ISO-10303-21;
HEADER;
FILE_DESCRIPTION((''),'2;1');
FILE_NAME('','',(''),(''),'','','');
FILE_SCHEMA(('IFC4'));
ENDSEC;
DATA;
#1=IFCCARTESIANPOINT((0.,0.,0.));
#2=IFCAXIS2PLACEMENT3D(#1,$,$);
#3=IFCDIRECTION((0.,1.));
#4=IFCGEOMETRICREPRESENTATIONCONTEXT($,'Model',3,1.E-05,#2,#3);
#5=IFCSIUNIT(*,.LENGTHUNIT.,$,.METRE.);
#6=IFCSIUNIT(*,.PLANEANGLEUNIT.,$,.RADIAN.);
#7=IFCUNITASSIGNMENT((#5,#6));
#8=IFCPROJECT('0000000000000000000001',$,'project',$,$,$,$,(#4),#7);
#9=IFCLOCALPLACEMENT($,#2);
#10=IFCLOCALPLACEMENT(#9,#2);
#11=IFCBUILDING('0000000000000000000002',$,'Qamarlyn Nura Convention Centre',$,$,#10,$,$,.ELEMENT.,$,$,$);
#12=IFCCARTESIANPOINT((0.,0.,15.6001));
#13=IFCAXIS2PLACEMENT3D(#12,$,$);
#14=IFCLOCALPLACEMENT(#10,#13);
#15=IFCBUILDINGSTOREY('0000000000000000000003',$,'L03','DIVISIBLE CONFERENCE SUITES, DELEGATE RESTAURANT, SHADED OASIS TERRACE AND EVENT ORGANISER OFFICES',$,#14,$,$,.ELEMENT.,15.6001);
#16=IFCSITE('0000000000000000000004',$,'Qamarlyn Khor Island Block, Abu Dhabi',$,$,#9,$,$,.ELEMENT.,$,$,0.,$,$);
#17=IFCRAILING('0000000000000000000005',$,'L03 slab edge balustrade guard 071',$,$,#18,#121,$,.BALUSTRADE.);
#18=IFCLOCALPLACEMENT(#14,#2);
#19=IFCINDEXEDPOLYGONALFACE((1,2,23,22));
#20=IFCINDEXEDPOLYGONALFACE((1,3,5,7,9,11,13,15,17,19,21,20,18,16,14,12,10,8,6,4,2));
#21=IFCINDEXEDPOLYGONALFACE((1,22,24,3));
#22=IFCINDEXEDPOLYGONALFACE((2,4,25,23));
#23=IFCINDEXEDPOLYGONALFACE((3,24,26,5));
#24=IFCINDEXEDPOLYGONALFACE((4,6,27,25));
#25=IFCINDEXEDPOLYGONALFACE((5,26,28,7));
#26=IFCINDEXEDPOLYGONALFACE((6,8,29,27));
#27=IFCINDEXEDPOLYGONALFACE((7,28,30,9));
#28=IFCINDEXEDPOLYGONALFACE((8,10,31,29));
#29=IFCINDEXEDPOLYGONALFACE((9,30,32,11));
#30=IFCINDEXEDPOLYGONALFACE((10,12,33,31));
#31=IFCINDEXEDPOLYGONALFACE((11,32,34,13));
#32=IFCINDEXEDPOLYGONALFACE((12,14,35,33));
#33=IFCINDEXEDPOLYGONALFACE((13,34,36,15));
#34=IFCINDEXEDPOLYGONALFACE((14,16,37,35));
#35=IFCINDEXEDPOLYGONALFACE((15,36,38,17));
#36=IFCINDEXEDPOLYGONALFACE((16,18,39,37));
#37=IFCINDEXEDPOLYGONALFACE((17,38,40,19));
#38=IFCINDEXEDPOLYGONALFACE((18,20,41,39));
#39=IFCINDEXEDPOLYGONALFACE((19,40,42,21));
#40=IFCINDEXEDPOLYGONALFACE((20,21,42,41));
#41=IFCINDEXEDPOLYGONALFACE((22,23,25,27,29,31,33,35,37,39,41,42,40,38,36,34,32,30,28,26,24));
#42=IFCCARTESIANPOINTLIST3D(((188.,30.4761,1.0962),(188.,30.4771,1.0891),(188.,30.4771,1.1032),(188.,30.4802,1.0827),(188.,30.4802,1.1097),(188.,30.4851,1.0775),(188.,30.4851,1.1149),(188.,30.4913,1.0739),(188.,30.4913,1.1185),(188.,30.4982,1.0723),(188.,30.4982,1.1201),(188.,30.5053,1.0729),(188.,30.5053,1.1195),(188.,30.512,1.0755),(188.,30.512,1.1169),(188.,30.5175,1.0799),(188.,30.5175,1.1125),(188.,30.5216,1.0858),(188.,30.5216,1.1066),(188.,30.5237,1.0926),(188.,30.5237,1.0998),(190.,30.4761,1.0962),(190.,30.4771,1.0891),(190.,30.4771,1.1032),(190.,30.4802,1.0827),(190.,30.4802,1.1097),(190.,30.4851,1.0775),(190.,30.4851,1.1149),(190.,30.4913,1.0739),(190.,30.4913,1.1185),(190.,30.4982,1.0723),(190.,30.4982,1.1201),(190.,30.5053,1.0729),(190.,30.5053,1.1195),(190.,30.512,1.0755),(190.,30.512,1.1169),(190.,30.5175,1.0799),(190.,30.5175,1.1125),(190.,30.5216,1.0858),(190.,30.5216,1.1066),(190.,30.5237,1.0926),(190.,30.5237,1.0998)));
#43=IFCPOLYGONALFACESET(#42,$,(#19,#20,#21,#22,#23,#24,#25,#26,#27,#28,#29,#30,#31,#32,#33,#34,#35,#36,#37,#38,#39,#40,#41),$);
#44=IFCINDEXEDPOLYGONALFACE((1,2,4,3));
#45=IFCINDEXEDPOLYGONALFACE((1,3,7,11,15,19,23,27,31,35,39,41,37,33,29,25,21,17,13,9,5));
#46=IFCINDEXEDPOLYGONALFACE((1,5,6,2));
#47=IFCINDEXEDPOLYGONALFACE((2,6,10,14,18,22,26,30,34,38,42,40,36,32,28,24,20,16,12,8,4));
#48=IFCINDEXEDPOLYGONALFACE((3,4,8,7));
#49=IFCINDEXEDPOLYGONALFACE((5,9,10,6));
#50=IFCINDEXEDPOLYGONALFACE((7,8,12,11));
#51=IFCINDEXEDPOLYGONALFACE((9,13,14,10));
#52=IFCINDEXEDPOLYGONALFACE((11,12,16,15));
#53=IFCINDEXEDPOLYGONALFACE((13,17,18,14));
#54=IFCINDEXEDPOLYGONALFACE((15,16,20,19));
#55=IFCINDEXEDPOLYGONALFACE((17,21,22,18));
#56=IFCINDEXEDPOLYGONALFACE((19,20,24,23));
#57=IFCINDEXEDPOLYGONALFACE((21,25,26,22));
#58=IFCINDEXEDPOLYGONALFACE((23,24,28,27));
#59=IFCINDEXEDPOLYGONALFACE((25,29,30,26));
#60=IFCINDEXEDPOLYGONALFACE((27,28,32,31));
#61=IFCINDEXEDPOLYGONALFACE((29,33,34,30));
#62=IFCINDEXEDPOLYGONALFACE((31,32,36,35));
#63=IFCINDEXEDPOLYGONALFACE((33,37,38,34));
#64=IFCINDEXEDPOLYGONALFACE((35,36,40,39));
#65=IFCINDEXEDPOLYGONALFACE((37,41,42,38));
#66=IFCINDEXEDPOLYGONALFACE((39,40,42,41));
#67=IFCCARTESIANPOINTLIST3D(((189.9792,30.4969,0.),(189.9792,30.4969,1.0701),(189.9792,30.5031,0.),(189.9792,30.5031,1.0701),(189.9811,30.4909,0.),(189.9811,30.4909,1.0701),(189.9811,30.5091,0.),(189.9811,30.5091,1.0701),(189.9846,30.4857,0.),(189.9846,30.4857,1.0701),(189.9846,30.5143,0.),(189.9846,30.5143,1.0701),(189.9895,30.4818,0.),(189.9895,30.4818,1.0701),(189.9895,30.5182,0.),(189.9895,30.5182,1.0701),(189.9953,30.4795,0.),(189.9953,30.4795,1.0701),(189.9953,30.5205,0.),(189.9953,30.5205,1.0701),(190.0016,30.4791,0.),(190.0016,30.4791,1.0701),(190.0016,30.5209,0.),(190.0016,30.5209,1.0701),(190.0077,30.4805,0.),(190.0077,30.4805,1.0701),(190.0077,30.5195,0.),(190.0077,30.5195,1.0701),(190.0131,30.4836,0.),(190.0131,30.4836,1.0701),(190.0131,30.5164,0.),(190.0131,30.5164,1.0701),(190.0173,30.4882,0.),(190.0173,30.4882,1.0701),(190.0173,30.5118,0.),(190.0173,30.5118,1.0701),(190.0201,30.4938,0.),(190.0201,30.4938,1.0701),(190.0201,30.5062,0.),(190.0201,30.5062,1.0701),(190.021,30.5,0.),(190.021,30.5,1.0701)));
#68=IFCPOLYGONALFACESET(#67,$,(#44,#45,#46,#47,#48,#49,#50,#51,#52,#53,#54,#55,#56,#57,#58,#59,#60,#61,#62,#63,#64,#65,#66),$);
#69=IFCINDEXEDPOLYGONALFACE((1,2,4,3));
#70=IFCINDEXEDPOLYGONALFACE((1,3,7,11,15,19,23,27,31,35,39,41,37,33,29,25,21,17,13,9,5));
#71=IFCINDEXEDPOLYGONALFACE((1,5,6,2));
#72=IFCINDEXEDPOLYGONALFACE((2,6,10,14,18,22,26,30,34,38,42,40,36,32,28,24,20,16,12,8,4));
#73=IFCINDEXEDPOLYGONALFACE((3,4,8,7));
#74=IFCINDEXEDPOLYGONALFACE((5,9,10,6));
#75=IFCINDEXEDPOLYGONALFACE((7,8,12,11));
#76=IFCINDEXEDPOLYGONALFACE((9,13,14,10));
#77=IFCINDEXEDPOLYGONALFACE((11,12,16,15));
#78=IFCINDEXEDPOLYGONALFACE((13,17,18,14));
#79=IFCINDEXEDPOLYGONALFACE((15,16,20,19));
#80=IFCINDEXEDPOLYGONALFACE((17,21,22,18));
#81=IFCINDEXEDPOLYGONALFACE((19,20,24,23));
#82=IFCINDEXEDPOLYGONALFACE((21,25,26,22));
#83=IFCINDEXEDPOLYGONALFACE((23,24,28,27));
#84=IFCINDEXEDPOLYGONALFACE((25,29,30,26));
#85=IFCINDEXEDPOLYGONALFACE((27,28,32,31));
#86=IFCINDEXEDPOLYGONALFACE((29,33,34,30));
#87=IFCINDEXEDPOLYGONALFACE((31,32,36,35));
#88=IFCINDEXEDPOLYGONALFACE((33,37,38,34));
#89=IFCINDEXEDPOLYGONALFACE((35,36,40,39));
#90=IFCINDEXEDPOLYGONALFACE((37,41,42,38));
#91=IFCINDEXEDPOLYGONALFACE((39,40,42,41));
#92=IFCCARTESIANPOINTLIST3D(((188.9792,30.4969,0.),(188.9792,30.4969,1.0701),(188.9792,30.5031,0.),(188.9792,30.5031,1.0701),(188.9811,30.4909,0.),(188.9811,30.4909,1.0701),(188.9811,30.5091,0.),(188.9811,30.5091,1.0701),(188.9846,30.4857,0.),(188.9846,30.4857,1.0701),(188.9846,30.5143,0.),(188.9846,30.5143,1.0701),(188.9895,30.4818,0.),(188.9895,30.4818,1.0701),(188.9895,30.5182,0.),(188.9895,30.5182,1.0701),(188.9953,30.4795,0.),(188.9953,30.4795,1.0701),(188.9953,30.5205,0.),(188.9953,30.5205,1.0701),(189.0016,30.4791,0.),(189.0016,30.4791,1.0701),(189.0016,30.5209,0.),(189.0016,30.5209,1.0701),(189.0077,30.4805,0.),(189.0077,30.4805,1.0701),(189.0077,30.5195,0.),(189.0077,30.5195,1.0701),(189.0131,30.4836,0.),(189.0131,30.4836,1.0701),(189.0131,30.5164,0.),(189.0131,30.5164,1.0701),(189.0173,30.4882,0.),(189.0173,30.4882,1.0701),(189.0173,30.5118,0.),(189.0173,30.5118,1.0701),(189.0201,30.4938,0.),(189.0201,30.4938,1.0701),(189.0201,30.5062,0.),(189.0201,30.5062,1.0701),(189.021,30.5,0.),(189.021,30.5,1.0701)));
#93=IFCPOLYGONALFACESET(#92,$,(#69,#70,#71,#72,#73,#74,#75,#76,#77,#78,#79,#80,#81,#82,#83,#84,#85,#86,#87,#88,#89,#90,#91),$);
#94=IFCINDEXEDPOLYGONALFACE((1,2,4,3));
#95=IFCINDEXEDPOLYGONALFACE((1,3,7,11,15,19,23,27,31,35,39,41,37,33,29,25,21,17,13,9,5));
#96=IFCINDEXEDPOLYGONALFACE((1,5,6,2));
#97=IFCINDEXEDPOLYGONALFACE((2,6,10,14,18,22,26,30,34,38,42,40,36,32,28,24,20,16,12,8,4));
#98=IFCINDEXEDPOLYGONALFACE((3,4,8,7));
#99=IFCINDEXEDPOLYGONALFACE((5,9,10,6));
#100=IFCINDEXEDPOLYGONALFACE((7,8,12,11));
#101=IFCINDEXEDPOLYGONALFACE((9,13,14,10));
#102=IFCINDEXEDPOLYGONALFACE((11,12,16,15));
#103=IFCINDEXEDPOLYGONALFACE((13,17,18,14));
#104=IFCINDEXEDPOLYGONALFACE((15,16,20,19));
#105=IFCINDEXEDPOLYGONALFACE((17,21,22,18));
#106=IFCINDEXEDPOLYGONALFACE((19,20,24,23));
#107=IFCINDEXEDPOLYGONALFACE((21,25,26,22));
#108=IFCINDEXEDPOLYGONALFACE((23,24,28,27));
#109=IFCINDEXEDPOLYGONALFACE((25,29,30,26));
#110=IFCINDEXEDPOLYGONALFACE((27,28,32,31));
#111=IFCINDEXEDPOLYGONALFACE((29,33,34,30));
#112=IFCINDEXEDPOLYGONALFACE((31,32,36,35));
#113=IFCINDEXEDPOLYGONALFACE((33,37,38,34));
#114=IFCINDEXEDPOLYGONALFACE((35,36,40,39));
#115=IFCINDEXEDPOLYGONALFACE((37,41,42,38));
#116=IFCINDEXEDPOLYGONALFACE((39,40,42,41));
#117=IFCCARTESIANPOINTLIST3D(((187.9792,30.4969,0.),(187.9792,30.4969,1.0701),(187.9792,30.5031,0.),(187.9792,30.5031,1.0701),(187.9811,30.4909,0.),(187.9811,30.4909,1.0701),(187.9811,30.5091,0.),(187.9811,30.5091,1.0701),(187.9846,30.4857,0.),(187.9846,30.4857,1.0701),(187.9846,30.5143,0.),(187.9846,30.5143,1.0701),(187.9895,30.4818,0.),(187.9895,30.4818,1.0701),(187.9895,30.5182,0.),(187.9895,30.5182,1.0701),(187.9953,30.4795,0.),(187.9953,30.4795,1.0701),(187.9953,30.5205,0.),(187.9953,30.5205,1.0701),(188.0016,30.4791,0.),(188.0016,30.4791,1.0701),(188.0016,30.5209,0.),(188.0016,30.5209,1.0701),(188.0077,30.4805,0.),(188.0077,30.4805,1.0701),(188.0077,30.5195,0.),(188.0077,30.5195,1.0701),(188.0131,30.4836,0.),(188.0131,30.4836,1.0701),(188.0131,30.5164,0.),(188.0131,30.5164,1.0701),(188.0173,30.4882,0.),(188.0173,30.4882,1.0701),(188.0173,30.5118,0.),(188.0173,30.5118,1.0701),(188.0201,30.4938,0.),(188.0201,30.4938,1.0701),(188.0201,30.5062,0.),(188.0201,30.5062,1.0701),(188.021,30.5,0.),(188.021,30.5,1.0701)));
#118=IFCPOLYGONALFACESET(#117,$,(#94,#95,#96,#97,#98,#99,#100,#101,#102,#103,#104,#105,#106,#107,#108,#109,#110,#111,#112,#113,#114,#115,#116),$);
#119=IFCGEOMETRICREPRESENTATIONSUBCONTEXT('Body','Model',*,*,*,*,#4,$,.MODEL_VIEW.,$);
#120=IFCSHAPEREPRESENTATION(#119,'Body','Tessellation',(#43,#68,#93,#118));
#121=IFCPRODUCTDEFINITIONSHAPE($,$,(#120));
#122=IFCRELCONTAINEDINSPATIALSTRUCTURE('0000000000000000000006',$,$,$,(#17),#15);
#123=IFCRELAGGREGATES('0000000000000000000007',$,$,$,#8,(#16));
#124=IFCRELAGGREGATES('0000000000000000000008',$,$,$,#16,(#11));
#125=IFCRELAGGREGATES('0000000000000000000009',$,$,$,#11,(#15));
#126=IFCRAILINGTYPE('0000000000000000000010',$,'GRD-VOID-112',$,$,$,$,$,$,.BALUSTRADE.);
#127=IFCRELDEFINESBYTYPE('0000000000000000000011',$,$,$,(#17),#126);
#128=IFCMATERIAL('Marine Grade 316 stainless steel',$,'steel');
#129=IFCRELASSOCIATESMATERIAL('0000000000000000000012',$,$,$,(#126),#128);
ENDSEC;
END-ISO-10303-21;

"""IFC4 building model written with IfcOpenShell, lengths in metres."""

from ifc_helpers import new_model, si_unit, direction, frame, origin, origin_2d, place, context, subcontext, project, spatial, circle, extrude, material, type_object, element, save


model = new_model("IFC4")

# Units and contexts
model_context = context("Model", 3, precision=1e-05, world=origin(), true_north=direction((0.0, 1.0)))
body_context = subcontext(model_context, "Body", "Model", "MODEL_VIEW")
ifc_project = project(units=[si_unit("LENGTHUNIT", "METRE"), si_unit("PLANEANGLEUNIT", "RADIAN")], contexts=[model_context])

# Site, building, storey
site_placement = place(None, origin())
site = spatial("IfcSite", under=ifc_project, at=site_placement, Name="Qamarlyn Khor Island Block, Abu Dhabi", CompositionType="ELEMENT", RefElevation=0.0)
building_placement = place(site_placement, origin())
building = spatial("IfcBuilding", under=site, at=building_placement, Name="Qamarlyn Nura Convention Centre", CompositionType="ELEMENT")
storey_placement = place(building_placement, frame((0.0, 0.0, 15.6001)))
storey = spatial("IfcBuildingStorey", under=building, at=storey_placement, Name="L03", Description="DIVISIBLE CONFERENCE SUITES, DELEGATE RESTAURANT, SHADED OASIS TERRACE AND EVENT ORGANISER OFFICES", CompositionType="ELEMENT", Elevation=15.6001)

# Railing
ifc_material_1 = material(Name="Marine Grade 316 stainless steel", Category="steel")
railing_type = type_object("IfcRailingType", Name="GRD-VOID-112", PredefinedType="BALUSTRADE", material=ifc_material_1)
railing_1_placement = place(storey_placement, frame((190.0, 30.5, 0.0)))
element("IfcRailing", 1, at=railing_1_placement, inside=storey, type_object=railing_type, Name="L03 slab edge balustrade guard 071", PredefinedType="BALUSTRADE", context=body_context, shape_type="SweptSolid", body=[
    extrude(circle(Radius=0.0239, at=origin_2d()), frame((0.0, 0.0, 1.0962), z_axis=(-1.0, 0.0, 0.0), x_axis=(0.0, -1.0, 0.0)), (0.0, 0.0, 1.0), 2.0),
    extrude(circle(Radius=0.021, at=origin_2d()), origin(), (0.0, 0.0, 1.0), 1.0701),
    extrude(circle(Radius=0.021, at=origin_2d()), frame((-1.0, 0.0, 0.0)), (0.0, 0.0, 1.0), 1.0701),
    extrude(circle(Radius=0.021, at=origin_2d()), frame((-2.0, 0.0, 0.0)), (0.0, 0.0, 1.0), 1.0701),
])

save(model, "model.ifc")
